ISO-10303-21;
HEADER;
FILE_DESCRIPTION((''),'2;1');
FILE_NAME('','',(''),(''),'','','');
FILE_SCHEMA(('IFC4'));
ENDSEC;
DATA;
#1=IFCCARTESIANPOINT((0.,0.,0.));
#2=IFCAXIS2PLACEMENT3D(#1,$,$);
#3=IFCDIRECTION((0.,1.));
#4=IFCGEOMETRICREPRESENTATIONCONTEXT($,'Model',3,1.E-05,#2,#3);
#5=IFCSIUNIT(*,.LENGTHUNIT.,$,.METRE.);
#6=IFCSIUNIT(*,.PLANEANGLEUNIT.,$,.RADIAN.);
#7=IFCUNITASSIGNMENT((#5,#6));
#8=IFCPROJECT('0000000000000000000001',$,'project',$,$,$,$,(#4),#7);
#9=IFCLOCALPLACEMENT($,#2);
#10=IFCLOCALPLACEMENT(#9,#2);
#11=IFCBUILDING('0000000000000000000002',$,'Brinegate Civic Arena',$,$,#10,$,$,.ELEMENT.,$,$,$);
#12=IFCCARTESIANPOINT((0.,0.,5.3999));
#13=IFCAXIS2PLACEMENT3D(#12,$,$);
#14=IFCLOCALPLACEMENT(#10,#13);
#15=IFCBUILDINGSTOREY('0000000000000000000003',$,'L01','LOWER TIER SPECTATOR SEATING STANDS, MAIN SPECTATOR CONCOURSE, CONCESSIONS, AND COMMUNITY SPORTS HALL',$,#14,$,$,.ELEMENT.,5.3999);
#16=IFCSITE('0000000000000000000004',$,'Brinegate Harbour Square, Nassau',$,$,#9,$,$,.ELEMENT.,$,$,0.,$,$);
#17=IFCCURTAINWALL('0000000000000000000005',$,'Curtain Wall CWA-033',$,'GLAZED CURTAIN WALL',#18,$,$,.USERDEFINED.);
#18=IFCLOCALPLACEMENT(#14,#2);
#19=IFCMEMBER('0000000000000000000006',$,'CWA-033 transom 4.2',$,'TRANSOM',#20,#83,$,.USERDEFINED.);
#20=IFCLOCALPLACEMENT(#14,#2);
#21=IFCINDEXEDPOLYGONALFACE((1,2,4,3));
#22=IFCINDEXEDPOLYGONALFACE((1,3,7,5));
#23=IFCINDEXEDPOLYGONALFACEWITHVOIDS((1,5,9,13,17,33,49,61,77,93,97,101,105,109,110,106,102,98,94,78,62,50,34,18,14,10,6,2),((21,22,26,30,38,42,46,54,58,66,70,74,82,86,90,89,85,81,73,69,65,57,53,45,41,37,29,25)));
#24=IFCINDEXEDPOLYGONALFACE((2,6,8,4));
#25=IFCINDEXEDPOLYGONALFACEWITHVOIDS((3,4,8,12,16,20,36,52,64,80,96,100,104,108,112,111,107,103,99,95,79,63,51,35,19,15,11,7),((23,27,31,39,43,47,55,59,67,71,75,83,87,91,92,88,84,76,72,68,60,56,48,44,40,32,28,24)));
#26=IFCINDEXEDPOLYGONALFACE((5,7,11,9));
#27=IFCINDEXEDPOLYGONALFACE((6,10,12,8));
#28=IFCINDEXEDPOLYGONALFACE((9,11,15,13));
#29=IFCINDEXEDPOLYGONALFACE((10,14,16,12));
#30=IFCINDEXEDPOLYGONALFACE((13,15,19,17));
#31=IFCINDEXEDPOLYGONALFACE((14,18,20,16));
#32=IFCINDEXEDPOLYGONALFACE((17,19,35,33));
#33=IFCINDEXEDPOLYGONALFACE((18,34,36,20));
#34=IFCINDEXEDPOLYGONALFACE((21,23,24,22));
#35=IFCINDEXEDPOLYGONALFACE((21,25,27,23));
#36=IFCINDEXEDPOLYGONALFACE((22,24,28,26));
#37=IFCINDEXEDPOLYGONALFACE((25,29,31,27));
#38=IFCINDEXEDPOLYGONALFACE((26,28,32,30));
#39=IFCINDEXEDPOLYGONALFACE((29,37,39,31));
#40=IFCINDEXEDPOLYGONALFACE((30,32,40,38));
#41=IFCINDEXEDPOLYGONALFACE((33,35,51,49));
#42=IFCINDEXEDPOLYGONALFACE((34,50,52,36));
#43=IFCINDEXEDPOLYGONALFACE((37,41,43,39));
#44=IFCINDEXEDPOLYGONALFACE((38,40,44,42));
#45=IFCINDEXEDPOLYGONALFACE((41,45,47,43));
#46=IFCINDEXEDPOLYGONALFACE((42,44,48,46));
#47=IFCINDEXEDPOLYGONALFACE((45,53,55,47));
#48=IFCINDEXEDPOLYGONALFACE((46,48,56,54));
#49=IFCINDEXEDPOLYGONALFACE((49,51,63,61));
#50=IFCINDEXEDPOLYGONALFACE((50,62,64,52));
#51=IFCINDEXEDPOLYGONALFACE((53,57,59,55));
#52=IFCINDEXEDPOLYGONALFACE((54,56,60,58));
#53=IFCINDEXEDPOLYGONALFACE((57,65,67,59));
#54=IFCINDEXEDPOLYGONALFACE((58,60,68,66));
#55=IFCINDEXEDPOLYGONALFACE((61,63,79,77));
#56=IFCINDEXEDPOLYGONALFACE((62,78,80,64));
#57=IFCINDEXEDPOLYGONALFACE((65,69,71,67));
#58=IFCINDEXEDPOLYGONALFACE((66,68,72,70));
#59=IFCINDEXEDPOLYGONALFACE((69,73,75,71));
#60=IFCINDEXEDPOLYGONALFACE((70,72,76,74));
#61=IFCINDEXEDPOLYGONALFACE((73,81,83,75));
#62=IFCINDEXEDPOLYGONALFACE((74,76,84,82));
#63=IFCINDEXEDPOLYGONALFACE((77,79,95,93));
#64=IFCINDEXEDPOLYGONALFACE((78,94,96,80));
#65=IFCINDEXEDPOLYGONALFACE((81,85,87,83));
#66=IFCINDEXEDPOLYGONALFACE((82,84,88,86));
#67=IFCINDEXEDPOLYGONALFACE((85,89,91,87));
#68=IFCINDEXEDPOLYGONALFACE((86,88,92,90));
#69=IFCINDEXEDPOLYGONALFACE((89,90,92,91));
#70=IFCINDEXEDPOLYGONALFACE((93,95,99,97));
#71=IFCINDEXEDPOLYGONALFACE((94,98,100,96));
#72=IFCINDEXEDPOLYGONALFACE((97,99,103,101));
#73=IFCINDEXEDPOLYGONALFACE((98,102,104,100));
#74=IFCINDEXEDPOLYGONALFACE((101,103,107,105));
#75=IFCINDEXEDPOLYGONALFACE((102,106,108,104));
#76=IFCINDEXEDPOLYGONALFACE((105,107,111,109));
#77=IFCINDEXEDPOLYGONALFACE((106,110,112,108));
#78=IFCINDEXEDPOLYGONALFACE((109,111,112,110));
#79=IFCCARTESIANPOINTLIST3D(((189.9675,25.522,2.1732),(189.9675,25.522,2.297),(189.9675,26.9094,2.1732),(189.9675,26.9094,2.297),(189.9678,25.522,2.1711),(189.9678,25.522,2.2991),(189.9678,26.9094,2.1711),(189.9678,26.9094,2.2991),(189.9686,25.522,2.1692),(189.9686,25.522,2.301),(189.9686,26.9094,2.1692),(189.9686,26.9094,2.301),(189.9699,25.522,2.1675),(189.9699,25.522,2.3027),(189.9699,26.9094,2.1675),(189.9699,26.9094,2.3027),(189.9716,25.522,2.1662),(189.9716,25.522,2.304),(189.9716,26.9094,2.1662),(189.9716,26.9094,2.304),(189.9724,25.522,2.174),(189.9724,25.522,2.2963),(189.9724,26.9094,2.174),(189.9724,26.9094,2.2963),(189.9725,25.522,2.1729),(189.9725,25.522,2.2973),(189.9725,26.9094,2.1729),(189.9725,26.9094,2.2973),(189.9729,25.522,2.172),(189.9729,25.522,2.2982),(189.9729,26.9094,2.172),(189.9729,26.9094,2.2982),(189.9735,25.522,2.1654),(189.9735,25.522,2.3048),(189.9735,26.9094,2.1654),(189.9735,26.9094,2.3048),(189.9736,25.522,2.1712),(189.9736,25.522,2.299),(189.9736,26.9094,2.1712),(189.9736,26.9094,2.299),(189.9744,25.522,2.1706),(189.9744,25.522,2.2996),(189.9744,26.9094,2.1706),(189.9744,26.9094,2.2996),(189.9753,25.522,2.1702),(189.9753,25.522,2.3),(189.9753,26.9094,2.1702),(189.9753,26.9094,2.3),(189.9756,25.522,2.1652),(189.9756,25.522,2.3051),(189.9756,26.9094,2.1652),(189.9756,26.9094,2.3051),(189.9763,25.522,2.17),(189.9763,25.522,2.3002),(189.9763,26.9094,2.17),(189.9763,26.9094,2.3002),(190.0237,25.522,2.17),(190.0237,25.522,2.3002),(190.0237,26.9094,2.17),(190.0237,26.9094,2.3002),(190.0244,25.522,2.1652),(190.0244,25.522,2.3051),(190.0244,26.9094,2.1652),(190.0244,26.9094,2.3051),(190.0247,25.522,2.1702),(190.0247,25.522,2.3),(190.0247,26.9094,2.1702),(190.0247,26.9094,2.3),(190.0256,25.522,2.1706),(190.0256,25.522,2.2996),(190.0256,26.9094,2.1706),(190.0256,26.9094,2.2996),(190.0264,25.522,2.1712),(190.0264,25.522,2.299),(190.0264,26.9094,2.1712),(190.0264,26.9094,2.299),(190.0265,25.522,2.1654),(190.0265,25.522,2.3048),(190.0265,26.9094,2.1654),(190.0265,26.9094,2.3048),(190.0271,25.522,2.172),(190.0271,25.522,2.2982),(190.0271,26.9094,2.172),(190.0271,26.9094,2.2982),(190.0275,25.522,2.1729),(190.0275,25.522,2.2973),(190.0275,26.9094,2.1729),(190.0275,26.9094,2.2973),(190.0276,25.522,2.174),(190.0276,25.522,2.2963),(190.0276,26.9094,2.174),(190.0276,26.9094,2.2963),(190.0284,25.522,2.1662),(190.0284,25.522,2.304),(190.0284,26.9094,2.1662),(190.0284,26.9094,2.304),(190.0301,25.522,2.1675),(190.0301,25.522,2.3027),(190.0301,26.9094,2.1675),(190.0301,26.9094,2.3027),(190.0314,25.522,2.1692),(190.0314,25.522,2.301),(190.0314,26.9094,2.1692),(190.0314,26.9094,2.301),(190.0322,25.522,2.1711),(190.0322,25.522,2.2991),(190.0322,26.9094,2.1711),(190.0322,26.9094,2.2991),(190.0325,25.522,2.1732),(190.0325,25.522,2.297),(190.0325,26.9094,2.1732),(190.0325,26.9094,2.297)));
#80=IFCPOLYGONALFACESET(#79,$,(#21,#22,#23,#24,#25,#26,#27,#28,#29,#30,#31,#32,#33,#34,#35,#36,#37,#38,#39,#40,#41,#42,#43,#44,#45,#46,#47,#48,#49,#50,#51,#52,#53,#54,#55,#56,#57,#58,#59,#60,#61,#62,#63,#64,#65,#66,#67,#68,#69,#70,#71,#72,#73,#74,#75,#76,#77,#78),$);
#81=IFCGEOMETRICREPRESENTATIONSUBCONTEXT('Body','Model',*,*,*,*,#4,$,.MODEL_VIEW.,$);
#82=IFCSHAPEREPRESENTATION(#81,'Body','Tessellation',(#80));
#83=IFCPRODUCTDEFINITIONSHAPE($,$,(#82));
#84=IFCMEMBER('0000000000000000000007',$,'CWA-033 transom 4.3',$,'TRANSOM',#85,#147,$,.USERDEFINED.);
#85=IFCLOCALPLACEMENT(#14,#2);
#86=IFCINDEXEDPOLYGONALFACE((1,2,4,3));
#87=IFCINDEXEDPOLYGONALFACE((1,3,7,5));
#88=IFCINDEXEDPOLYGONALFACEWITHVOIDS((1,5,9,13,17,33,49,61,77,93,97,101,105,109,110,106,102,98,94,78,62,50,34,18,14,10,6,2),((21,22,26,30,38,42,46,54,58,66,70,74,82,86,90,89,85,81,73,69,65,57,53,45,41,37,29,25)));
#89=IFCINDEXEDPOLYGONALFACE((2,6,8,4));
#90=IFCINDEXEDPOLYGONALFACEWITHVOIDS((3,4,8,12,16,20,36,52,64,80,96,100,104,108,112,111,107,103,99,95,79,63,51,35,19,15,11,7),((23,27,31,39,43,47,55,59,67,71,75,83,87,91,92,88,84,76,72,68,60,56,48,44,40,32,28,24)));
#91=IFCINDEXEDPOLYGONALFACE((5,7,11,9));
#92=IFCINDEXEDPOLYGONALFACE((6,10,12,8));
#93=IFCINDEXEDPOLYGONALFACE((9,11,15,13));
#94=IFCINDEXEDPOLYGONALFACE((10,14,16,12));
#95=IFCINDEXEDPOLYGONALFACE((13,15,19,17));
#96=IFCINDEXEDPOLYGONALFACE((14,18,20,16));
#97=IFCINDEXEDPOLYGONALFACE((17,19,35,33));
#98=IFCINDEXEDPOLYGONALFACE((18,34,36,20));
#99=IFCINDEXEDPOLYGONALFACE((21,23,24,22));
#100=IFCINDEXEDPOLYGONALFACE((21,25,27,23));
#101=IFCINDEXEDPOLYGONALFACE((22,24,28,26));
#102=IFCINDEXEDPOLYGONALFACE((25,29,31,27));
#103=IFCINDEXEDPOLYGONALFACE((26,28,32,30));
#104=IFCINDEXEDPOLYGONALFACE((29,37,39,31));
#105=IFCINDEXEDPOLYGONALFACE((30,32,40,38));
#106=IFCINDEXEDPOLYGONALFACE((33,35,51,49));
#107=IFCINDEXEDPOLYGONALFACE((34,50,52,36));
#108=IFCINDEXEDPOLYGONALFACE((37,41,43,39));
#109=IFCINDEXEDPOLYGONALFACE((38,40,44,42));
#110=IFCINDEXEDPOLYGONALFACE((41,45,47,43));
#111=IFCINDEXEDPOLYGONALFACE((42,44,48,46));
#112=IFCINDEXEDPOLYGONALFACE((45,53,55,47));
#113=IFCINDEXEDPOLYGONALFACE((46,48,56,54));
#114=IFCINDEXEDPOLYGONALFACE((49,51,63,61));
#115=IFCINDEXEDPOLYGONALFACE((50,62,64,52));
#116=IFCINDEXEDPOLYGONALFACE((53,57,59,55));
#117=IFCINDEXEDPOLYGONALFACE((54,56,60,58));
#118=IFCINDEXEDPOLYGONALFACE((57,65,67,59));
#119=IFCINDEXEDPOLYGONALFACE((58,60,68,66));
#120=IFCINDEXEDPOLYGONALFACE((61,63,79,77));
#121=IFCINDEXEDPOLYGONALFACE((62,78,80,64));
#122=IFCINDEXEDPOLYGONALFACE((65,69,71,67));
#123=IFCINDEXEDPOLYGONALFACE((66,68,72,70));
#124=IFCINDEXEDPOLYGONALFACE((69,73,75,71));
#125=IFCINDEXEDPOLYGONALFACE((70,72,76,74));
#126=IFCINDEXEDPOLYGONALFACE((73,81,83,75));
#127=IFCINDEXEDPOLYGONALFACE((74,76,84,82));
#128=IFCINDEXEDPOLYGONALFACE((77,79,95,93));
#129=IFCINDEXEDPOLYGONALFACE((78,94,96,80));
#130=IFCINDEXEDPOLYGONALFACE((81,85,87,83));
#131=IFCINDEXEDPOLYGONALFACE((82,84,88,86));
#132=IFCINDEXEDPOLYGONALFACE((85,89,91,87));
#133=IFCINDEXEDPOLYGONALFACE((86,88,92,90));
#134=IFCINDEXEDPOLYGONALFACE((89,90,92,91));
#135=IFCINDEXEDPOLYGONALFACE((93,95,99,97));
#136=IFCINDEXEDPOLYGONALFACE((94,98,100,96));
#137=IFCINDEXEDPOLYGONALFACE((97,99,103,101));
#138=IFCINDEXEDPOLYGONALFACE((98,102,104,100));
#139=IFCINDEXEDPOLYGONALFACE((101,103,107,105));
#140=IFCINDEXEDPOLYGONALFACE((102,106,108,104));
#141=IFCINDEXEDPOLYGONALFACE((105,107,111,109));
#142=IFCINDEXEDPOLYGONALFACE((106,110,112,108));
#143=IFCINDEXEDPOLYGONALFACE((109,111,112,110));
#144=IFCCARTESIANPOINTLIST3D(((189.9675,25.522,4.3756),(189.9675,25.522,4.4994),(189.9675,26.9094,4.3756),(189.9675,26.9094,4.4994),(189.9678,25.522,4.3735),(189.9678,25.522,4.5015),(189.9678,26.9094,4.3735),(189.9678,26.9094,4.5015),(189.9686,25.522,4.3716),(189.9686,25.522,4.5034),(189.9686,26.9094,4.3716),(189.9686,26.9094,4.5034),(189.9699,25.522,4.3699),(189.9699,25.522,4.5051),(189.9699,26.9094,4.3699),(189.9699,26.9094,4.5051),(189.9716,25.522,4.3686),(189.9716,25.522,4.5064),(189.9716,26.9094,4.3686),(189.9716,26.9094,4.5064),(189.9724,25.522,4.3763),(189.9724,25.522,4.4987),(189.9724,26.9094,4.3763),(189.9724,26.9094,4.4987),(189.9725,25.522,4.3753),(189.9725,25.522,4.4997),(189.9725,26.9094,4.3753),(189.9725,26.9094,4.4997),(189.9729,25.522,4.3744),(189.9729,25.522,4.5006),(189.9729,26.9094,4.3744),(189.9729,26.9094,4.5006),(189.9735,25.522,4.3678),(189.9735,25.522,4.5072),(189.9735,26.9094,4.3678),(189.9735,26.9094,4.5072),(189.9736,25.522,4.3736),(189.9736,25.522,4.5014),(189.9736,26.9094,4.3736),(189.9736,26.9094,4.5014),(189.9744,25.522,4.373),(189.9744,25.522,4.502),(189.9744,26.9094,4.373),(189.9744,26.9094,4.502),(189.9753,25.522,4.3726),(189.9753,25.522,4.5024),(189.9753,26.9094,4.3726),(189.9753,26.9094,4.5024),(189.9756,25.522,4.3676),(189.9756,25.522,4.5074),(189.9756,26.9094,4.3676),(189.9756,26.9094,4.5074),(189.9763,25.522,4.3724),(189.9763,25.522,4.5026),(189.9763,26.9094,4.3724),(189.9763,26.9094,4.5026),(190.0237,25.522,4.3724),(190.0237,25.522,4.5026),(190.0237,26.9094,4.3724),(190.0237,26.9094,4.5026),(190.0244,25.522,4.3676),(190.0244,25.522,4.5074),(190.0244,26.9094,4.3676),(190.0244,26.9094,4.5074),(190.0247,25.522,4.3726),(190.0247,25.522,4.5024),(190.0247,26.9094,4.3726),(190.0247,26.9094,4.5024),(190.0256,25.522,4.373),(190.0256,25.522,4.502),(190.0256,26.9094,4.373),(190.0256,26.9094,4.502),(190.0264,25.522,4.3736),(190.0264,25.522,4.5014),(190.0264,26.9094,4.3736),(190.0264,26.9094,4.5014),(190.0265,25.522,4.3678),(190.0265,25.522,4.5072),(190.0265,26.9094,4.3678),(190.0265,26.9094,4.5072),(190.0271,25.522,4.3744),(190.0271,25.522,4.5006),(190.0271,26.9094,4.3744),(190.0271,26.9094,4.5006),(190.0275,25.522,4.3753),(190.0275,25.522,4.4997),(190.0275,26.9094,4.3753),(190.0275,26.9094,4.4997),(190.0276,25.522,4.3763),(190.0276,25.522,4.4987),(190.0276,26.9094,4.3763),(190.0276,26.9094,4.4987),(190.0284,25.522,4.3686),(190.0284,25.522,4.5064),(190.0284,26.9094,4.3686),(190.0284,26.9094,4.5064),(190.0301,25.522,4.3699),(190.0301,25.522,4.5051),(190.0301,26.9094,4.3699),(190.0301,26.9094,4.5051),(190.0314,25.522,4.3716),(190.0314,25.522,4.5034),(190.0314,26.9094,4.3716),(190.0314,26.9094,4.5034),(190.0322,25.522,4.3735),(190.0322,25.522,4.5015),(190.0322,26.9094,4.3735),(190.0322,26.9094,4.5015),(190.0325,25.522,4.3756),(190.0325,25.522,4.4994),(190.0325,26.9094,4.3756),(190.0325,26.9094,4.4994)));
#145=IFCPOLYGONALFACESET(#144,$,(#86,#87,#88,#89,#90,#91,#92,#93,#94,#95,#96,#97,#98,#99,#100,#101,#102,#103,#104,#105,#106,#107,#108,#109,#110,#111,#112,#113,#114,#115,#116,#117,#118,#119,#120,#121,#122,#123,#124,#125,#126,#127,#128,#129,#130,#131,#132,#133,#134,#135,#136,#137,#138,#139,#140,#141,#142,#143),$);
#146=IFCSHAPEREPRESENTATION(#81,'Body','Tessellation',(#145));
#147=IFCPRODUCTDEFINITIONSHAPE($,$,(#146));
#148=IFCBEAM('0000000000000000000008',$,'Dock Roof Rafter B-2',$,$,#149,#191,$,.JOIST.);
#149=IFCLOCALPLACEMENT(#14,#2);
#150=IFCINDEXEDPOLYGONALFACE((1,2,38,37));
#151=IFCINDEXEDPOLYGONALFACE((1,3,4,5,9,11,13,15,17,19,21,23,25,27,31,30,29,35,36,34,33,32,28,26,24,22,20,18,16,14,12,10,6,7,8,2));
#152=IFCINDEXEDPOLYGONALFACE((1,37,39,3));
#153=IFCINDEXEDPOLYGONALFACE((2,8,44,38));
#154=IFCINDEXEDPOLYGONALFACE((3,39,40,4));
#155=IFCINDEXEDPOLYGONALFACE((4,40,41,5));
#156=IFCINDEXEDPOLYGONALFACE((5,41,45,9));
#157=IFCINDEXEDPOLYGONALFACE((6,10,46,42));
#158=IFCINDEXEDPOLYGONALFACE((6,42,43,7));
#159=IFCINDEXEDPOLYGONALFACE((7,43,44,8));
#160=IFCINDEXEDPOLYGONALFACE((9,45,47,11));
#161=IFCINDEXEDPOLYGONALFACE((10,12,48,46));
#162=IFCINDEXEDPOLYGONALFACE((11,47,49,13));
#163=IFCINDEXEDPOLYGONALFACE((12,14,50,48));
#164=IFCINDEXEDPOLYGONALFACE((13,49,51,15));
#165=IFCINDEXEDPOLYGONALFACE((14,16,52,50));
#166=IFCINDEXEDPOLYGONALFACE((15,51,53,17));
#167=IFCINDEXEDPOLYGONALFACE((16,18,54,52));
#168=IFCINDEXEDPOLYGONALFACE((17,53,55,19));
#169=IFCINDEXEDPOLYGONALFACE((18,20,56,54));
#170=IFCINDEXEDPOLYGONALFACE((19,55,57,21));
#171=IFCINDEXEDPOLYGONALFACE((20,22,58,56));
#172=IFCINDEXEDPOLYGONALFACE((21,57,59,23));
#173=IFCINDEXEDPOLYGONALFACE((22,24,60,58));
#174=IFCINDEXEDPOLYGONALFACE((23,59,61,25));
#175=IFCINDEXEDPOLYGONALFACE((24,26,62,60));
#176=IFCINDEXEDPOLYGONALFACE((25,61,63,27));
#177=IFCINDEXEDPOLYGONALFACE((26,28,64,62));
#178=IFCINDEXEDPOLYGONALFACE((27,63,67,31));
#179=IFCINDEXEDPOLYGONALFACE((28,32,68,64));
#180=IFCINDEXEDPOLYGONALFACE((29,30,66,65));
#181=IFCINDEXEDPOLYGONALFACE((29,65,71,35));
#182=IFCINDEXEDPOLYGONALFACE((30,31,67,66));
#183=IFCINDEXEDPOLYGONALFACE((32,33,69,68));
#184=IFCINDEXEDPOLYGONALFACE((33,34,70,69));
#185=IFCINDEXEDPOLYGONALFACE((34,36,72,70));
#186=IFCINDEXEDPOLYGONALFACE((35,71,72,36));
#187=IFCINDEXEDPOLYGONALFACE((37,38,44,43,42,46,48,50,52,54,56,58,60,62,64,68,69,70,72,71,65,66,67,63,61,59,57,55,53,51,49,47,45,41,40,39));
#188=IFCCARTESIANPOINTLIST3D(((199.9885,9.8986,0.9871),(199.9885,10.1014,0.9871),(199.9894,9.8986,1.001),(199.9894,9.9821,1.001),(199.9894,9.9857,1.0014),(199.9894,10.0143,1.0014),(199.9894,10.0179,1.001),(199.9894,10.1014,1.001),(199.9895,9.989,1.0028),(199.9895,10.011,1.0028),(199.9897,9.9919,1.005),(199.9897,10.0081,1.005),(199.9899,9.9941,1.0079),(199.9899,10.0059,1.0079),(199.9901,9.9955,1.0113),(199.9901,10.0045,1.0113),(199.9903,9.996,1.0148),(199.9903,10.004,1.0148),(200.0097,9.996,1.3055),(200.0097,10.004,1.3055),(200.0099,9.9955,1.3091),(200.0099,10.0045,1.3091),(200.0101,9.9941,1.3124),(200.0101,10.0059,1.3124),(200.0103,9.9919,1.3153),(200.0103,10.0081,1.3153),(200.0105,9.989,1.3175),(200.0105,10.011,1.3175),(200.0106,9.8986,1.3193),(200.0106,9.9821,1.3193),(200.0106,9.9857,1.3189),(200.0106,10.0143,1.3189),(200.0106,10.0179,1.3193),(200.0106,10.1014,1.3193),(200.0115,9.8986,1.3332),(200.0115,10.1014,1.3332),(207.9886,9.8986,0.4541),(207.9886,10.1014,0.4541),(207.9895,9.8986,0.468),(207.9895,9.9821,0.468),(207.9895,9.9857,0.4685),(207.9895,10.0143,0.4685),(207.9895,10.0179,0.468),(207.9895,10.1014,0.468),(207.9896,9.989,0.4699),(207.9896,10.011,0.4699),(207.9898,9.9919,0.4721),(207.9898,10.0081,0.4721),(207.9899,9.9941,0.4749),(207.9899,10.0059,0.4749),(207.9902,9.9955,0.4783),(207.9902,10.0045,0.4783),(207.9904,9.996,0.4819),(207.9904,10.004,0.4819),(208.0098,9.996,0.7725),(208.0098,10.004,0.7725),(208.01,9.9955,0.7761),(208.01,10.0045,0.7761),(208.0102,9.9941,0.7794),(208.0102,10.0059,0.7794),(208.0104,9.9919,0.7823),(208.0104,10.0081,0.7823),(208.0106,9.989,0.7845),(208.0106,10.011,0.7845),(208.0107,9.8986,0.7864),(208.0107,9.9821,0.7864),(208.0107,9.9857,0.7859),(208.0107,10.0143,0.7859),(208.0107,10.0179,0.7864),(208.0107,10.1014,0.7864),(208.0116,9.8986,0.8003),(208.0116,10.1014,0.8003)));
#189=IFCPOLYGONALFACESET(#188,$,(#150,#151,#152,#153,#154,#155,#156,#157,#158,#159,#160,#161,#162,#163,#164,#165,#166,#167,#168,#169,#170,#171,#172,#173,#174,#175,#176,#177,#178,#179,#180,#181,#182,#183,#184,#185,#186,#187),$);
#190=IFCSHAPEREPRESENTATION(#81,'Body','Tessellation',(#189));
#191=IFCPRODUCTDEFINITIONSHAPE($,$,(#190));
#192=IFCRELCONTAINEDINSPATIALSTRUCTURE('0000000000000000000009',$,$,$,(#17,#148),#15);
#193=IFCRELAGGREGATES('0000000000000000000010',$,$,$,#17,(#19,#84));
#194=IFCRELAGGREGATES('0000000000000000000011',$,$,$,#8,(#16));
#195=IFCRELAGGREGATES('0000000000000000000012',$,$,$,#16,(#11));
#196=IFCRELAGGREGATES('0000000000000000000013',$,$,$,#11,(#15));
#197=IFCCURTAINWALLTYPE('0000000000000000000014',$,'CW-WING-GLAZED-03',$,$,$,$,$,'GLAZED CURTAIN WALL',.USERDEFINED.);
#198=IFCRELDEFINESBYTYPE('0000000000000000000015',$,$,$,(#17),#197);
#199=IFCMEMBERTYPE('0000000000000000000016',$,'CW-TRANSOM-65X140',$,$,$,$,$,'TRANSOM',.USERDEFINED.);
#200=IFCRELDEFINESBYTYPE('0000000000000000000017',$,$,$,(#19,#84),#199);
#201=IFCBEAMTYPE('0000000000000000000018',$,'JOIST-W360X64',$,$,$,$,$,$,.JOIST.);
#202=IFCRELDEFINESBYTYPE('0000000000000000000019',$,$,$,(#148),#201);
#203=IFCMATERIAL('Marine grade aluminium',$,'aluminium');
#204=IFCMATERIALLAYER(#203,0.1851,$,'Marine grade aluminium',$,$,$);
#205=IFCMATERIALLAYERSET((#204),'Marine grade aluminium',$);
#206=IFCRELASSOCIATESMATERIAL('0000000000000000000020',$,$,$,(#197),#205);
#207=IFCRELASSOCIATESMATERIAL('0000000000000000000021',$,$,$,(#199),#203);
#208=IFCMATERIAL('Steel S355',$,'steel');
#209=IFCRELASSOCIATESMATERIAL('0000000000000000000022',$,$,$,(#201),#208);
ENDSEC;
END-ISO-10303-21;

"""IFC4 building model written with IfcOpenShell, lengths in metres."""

from ifc_helpers import new_model, si_unit, direction, frame, origin, origin_2d, place, context, subcontext, project, spatial, hollow_rectangle, i_section, extrude, material, layer, layer_set, material_profile, profile_set, type_object, element, aggregate, save


model = new_model("IFC4")

# Units and contexts
model_context = context("Model", 3, precision=1e-05, world=origin(), true_north=direction((0.0, 1.0)))
body_context = subcontext(model_context, "Body", "Model", "MODEL_VIEW")
ifc_project = project(units=[si_unit("LENGTHUNIT", "METRE"), si_unit("PLANEANGLEUNIT", "RADIAN")], contexts=[model_context])

# Site, building, storey
site_placement = place(None, origin())
site = spatial("IfcSite", under=ifc_project, at=site_placement, Name="Brinegate Harbour Square, Nassau", CompositionType="ELEMENT", RefElevation=0.0)
building_placement = place(site_placement, origin())
building = spatial("IfcBuilding", under=site, at=building_placement, Name="Brinegate Civic Arena", CompositionType="ELEMENT")
storey_placement = place(building_placement, frame((0.0, 0.0, 5.3999)))
storey = spatial("IfcBuildingStorey", under=building, at=storey_placement, Name="L01", Description="LOWER TIER SPECTATOR SEATING STANDS, MAIN SPECTATOR CONCOURSE, CONCESSIONS, AND COMMUNITY SPORTS HALL", CompositionType="ELEMENT", Elevation=5.3999)

# Shared definitions
ifc_material_1 = material(Name="Steel S355", Category="steel")

# Curtain wall, members
ifc_material_2 = material(Name="Marine grade aluminium", Category="aluminium")
ifc_layer_1 = layer(ifc_material_2, 0.1851, Name="Marine grade aluminium")
ifc_layer_set_1 = layer_set([ifc_layer_1], Name="Marine grade aluminium")
curtain_wall_type = type_object("IfcCurtainWallType", Name="CW-WING-GLAZED-03", ElementType="GLAZED CURTAIN WALL", PredefinedType="USERDEFINED", material=ifc_layer_set_1)
curtain_wall_placement = place(storey_placement, origin())
curtain_wall = element("IfcCurtainWall", 1, at=curtain_wall_placement, inside=storey, type_object=curtain_wall_type, Name="Curtain Wall CWA-033", ObjectType="GLAZED CURTAIN WALL", PredefinedType="USERDEFINED")
ifc_material_profile_1 = material_profile(ifc_material_2, hollow_rectangle(XDim=0.0649, YDim=0.1399, WallThickness=0.0049, InnerFilletRadius=0.0039, OuterFilletRadius=0.0081, at=origin_2d()), Name="TRN65X140")
ifc_profile_set_1 = profile_set([ifc_material_profile_1], Name="Marine grade aluminium")
member_type_1 = type_object("IfcMemberType", Name="CW-TRANSOM-65X140", ElementType="TRANSOM", PredefinedType="USERDEFINED", material=ifc_profile_set_1)
member_1_placement = place(storey_placement, frame((190.0, 25.522, 2.2351), z_axis=(0.0, 1.0, 0.0), x_axis=(-1.0, 0.0, 0.0)))
member_1 = element("IfcMember", 2, at=member_1_placement, type_object=member_type_1, Name="CWA-033 transom 4.2", ObjectType="TRANSOM", PredefinedType="USERDEFINED", context=body_context, shape_type="SweptSolid", body=[
    extrude(hollow_rectangle(XDim=0.0649, YDim=0.1399, WallThickness=0.0049, InnerFilletRadius=0.0039, OuterFilletRadius=0.0081, at=origin_2d()), origin(), (0.0, 0.0, 1.0), 1.3875),
])
member_2_placement = place(storey_placement, frame((190.0, 25.522, 4.4375), z_axis=(0.0, 1.0, 0.0), x_axis=(-1.0, 0.0, 0.0)))
member_2 = element("IfcMember", 3, at=member_2_placement, type_object=member_type_1, Name="CWA-033 transom 4.3", ObjectType="TRANSOM", PredefinedType="USERDEFINED", context=body_context, shape_type="SweptSolid", body=[
    extrude(hollow_rectangle(XDim=0.0649, YDim=0.1399, WallThickness=0.0049, InnerFilletRadius=0.0039, OuterFilletRadius=0.0081, at=origin_2d()), origin(), (0.0, 0.0, 1.0), 1.3875),
])

# Beam
ifc_material_profile_2 = material_profile(ifc_material_1, i_section(OverallWidth=0.2029, OverallDepth=0.3469, WebThickness=0.0081, FlangeThickness=0.0139, FilletRadius=0.0139, at=origin_2d()), Name="W360X64")
ifc_profile_set_2 = profile_set([ifc_material_profile_2], Name="Steel S355")
beam_type = type_object("IfcBeamType", Name="JOIST-W360X64", PredefinedType="JOIST", material=ifc_profile_set_2)
for number, where, z_axis, x_axis, name in (
    (4, (200.0, 10.0, 1.1602), (0.997788, 0.0, -0.066473), (0.0, 1.0, 0.0), "Dock Roof Rafter B-2"),
):
    element("IfcBeam", number, at=place(storey_placement, frame(where, z_axis=z_axis, x_axis=x_axis)), inside=storey, type_object=beam_type, Name=name, PredefinedType="JOIST", context=body_context, shape_type="SweptSolid", body=[
        extrude(i_section(OverallWidth=0.2029, OverallDepth=0.3469, WebThickness=0.0081, FlangeThickness=0.0139, FilletRadius=0.0139, at=origin_2d()), origin(), (0.0, 0.0, 1.0), 8.0178),
    ])

aggregate(curtain_wall, [member_1, member_2])

save(model, "model.ifc")
